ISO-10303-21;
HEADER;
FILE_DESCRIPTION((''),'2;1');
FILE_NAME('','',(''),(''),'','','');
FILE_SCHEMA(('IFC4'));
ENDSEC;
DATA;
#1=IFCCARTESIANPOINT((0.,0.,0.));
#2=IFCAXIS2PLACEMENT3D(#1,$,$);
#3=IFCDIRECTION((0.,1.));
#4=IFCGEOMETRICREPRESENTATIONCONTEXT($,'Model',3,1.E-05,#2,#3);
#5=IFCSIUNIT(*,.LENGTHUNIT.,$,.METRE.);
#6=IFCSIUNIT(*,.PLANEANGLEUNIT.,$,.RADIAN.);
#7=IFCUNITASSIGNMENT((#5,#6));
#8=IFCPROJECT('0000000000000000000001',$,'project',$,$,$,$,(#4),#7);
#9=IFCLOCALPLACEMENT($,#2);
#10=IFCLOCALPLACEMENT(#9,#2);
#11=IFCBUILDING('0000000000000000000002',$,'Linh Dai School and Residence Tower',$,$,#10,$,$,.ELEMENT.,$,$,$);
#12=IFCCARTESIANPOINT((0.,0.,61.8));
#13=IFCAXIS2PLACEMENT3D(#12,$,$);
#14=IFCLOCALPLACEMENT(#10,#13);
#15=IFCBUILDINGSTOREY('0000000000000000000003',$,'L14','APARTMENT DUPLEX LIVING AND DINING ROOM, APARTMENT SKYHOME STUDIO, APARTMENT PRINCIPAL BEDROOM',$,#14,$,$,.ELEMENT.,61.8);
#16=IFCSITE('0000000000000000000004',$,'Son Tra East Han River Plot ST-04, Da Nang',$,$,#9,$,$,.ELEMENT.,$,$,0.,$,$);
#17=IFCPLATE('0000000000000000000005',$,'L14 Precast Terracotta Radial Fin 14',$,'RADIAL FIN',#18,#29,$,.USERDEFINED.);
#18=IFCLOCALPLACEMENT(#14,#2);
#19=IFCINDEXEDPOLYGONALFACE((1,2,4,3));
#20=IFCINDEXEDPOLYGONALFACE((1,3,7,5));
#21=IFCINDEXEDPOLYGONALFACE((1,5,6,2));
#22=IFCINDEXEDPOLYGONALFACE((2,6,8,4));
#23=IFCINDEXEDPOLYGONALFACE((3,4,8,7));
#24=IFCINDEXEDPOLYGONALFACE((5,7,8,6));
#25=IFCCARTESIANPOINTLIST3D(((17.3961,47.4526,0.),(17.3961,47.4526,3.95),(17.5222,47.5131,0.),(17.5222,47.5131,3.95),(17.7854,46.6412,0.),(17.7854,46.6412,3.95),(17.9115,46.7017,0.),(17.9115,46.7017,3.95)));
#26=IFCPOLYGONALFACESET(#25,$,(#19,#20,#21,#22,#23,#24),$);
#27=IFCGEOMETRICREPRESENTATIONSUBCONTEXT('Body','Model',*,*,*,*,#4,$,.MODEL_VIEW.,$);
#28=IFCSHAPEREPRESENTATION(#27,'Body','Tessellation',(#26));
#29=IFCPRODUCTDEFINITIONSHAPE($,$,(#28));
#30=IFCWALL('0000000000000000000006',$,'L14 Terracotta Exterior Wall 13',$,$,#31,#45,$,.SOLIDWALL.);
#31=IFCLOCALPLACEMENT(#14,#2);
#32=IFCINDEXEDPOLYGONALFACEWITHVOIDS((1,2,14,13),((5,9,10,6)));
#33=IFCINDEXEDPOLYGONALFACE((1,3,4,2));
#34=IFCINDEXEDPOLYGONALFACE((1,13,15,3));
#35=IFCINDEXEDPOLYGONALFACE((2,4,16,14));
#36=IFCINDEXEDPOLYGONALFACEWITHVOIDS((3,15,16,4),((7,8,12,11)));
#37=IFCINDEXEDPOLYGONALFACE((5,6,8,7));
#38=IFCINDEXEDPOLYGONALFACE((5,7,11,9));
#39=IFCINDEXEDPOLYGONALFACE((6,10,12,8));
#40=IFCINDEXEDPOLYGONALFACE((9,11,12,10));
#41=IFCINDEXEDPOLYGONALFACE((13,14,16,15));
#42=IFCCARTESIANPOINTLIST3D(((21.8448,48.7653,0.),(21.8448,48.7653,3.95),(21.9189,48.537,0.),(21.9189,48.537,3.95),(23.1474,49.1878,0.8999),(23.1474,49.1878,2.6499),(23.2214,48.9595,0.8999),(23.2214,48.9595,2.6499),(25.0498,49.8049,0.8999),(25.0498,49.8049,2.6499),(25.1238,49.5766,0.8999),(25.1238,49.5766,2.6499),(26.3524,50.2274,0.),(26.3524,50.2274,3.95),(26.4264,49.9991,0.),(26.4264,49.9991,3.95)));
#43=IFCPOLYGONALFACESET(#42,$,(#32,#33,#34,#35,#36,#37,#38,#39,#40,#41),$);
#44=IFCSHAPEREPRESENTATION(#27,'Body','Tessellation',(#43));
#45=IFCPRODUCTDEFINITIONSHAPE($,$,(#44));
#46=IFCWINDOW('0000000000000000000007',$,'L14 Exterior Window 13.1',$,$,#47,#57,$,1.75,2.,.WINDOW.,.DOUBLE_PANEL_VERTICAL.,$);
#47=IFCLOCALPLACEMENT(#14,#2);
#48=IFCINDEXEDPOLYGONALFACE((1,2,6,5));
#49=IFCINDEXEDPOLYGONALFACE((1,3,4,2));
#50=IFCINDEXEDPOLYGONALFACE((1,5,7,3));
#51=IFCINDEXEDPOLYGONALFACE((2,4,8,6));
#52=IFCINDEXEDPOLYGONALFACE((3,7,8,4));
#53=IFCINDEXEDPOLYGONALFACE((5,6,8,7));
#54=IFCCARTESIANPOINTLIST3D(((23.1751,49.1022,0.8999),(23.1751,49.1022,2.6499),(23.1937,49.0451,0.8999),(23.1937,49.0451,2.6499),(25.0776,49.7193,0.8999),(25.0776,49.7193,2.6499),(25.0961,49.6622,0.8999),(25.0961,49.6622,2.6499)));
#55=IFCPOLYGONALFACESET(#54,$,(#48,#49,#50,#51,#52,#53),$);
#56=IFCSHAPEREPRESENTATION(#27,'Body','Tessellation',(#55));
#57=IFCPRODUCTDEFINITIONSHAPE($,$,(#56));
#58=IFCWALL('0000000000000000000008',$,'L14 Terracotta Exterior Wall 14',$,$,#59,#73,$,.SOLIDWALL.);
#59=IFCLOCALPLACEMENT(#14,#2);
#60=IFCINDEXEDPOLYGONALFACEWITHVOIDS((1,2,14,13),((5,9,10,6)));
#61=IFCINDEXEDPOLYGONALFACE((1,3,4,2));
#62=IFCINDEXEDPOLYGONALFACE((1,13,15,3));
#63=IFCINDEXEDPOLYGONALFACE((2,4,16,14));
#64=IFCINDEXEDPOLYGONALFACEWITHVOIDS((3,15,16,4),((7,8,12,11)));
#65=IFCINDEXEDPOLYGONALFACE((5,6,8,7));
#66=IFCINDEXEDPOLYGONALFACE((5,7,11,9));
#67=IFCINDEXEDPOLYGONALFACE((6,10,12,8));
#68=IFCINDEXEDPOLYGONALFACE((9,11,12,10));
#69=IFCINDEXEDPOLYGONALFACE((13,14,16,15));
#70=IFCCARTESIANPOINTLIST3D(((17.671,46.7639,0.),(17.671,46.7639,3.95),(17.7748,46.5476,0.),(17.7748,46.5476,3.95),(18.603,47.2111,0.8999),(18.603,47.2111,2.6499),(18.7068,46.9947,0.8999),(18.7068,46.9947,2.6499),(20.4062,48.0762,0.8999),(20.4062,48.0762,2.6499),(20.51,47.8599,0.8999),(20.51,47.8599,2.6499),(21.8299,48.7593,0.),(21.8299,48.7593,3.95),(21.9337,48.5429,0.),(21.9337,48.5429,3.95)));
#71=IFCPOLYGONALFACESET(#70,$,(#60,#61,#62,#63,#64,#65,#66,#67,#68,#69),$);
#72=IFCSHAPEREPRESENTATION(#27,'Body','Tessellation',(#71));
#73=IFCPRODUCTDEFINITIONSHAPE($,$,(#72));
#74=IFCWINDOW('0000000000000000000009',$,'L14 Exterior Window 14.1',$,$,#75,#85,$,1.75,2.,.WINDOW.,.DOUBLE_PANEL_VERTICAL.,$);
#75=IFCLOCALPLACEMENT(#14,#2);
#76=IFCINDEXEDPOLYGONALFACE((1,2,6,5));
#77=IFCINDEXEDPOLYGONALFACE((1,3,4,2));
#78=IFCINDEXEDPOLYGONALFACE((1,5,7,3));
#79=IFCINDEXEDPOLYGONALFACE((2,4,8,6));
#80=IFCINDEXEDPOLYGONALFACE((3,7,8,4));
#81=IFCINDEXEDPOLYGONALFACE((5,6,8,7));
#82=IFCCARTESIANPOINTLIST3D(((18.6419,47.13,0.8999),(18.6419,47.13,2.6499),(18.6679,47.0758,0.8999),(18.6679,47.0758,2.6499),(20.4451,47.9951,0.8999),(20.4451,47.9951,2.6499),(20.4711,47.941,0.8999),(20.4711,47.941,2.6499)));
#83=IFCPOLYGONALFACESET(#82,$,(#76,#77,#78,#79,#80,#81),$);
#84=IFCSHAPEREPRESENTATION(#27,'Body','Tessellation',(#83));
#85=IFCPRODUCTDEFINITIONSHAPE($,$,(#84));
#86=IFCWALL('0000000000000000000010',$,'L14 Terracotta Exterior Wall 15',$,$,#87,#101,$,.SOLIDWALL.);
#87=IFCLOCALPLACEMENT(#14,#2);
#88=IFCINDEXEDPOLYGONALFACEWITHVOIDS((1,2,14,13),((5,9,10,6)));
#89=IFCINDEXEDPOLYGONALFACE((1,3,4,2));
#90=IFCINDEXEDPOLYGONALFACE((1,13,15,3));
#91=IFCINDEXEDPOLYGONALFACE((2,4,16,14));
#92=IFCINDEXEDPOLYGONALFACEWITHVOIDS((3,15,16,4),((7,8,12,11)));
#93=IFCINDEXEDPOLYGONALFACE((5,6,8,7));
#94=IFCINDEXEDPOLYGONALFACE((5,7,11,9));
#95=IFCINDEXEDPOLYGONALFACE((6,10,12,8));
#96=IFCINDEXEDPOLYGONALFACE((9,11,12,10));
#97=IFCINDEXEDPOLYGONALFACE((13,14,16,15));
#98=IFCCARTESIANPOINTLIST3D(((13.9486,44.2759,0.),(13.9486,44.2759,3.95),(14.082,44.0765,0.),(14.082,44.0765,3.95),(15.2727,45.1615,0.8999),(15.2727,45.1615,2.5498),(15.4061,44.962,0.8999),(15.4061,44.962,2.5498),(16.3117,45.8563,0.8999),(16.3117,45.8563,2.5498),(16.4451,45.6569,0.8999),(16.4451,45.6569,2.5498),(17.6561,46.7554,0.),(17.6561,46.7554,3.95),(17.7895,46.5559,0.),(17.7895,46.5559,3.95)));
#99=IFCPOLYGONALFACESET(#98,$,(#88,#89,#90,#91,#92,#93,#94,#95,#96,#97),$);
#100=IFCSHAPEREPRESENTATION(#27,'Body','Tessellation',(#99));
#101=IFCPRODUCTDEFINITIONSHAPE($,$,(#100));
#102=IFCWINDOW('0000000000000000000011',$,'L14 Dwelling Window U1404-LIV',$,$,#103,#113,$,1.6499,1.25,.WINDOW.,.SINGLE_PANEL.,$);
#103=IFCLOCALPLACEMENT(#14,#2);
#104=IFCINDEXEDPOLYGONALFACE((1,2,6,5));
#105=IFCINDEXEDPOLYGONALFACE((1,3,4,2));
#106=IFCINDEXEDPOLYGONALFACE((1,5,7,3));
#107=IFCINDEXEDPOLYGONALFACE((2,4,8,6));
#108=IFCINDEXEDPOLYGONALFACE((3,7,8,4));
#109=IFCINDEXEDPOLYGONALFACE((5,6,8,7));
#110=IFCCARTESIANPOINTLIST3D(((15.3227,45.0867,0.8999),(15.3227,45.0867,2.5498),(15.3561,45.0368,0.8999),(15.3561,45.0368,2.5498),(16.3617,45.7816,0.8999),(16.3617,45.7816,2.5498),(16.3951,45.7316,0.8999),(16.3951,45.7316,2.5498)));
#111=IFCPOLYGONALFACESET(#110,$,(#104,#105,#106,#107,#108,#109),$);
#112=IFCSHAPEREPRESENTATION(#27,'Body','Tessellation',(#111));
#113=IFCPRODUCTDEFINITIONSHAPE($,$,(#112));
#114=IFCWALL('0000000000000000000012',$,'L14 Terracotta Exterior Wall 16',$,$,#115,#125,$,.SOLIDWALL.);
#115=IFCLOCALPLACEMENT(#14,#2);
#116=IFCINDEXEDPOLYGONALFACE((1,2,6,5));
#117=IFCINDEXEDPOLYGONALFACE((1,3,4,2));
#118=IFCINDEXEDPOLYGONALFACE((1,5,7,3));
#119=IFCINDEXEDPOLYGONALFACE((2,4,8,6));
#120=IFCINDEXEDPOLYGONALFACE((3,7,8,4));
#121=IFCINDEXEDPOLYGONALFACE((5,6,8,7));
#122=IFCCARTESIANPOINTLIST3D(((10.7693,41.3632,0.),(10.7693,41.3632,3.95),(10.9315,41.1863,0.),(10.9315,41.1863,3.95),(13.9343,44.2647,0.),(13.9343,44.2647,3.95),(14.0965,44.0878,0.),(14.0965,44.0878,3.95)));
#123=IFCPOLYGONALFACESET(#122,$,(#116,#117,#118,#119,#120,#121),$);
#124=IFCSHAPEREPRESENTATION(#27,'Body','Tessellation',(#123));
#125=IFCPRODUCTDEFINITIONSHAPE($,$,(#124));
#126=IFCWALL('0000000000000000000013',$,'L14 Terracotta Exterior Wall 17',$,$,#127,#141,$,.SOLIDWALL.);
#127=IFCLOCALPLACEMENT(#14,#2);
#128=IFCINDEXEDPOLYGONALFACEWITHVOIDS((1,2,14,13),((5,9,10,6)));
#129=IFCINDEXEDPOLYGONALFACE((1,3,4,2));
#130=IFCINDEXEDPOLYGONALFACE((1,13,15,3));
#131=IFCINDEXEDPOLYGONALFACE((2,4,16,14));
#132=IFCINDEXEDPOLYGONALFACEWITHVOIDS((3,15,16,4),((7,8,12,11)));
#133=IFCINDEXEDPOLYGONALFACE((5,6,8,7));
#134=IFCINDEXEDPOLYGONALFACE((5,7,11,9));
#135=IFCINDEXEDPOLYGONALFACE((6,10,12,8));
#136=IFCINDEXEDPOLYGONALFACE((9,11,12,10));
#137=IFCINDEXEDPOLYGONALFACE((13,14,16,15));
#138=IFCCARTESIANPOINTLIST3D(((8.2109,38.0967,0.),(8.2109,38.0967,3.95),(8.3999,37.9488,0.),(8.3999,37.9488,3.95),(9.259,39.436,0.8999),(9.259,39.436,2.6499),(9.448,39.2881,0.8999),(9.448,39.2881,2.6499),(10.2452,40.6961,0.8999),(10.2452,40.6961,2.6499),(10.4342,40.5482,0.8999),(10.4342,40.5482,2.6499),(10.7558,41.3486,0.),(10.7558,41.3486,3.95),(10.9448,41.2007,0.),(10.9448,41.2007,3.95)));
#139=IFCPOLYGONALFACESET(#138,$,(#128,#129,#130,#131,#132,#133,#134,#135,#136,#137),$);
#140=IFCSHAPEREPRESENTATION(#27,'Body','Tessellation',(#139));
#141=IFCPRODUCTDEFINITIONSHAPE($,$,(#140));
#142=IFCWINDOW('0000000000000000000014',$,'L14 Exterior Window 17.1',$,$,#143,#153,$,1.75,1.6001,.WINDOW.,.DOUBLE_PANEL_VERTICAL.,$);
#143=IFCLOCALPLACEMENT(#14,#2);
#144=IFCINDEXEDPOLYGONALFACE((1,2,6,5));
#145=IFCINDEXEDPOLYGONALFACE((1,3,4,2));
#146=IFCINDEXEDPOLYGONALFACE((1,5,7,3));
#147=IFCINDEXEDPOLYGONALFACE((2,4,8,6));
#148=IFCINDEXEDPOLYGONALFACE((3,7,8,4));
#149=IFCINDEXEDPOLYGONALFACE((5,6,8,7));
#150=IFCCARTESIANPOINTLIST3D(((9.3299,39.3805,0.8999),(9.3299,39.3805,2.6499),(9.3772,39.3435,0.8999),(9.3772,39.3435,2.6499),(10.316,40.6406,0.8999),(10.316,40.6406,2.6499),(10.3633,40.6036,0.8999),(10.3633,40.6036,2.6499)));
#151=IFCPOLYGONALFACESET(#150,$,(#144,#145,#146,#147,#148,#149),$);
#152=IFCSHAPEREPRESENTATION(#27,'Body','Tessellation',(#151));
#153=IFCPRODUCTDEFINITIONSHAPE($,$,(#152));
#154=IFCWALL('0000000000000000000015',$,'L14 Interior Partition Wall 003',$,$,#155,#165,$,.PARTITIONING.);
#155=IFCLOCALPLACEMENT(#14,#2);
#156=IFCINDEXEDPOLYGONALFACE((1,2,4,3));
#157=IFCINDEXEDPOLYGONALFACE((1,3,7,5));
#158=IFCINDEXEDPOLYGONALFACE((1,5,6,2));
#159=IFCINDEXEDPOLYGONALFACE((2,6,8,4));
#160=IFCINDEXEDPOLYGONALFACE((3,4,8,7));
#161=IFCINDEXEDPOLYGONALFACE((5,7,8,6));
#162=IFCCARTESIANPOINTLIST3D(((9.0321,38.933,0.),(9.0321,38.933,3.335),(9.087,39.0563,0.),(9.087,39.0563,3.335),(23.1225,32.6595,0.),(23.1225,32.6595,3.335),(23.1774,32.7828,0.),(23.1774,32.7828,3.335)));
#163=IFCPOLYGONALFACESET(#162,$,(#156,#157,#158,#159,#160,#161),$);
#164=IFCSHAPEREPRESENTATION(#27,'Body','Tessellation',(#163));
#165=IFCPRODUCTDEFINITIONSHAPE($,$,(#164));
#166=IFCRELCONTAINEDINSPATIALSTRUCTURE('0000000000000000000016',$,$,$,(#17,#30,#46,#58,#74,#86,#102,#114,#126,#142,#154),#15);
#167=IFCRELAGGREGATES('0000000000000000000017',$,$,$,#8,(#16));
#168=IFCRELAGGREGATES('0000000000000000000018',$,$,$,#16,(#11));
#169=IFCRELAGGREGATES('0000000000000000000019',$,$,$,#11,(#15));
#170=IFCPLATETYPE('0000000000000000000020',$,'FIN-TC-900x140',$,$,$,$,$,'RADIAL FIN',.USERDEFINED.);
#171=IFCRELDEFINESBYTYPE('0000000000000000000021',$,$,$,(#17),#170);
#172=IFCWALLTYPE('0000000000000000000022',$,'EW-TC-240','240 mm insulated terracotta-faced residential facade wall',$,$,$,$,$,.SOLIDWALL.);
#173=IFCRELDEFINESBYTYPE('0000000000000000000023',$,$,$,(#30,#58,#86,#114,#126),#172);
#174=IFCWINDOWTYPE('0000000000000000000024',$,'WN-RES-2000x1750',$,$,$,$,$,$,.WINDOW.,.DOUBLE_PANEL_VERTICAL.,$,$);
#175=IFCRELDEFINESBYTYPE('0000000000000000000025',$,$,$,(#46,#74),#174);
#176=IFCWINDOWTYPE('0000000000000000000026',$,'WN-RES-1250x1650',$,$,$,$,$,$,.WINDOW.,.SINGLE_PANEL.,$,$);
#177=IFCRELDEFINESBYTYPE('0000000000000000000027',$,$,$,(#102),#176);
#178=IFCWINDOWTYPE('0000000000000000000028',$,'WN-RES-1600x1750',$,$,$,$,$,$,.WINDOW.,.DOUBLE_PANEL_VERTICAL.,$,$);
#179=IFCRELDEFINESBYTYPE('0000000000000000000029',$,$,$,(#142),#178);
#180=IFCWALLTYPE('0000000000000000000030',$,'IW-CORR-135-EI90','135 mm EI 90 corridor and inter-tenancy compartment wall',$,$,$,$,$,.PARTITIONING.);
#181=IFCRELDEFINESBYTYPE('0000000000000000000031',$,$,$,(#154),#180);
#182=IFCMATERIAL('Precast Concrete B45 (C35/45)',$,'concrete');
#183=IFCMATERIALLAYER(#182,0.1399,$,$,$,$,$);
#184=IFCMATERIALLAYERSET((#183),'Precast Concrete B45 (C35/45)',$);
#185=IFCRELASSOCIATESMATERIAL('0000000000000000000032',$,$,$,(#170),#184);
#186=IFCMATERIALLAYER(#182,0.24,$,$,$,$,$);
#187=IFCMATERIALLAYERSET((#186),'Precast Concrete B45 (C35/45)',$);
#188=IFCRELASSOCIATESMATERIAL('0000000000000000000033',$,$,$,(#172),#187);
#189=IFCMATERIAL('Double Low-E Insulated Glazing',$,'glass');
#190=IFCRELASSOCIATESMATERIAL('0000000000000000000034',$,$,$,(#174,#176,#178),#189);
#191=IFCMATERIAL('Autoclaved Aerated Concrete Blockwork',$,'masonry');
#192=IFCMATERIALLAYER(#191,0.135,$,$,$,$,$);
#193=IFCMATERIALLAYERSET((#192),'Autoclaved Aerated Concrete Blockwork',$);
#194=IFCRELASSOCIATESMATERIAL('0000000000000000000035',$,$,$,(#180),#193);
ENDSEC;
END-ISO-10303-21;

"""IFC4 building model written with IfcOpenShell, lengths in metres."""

from ifc_helpers import new_model, si_unit, direction, frame, frame_2d, origin, origin_2d, place, context, subcontext, project, spatial, rectangle, extrude, source, transform, mapped, material, layer, layer_set, type_object, element, fill, save


model = new_model("IFC4")

# Units and contexts
model_context = context("Model", 3, precision=1e-05, world=origin(), true_north=direction((0.0, 1.0)))
body_context = subcontext(model_context, "Body", "Model", "MODEL_VIEW")
ifc_project = project(units=[si_unit("LENGTHUNIT", "METRE"), si_unit("PLANEANGLEUNIT", "RADIAN")], contexts=[model_context])

# Site, building, storey
site_placement = place(None, origin())
site = spatial("IfcSite", under=ifc_project, at=site_placement, Name="Son Tra East Han River Plot ST-04, Da Nang", CompositionType="ELEMENT", RefElevation=0.0)
building_placement = place(site_placement, origin())
building = spatial("IfcBuilding", under=site, at=building_placement, Name="Linh Dai School and Residence Tower", CompositionType="ELEMENT")
storey_placement = place(building_placement, frame((0.0, 0.0, 61.8)))
storey = spatial("IfcBuildingStorey", under=building, at=storey_placement, Name="L14", Description="APARTMENT DUPLEX LIVING AND DINING ROOM, APARTMENT SKYHOME STUDIO, APARTMENT PRINCIPAL BEDROOM", CompositionType="ELEMENT", Elevation=61.8)

# Plate
ifc_material_1 = material(Name="Precast Concrete B45 (C35/45)", Category="concrete")
ifc_layer_1 = layer(ifc_material_1, 0.1399)
ifc_layer_set_1 = layer_set([ifc_layer_1], Name="Precast Concrete B45 (C35/45)")
plate_type = type_object("IfcPlateType", Name="FIN-TC-900x140", ElementType="RADIAL FIN", PredefinedType="USERDEFINED", material=ifc_layer_set_1)
shared_shape_1 = source(origin(), body_context, "Body", "SweptSolid", [
    extrude(rectangle(XDim=0.8999, YDim=0.1399, at=origin_2d()), origin(), (0.0, 0.0, 1.0), 3.95),
])
plate_placement = place(storey_placement, frame((17.6538, 47.0771, 0.0), z_axis=(0.0, 0.0, 1.0), x_axis=(-0.432603, 0.901585, 0.0)))
element("IfcPlate", 1, at=plate_placement, inside=storey, type_object=plate_type, Name="L14 Precast Terracotta Radial Fin 14", ObjectType="RADIAL FIN", PredefinedType="USERDEFINED", context=body_context, shape_type="MappedRepresentation", body=[
    mapped(shared_shape_1, transform((0.0, 0.0, 0.0), x_axis=(1.0, 0.0, 0.0), y_axis=(0.0, 1.0, 0.0), z_axis=(0.0, 0.0, 1.0), scale=1.0)),
])

# Walls, openings, windows
ifc_layer_2 = layer(ifc_material_1, 0.24)
ifc_layer_set_2 = layer_set([ifc_layer_2], Name="Precast Concrete B45 (C35/45)")
wall_type_1 = type_object("IfcWallType", Name="EW-TC-240", Description="240 mm insulated terracotta-faced residential facade wall", PredefinedType="SOLIDWALL", material=ifc_layer_set_2)
wall_1_placement = place(storey_placement, frame((21.8818, 48.6511, 0.0), z_axis=(0.0, 0.0, 1.0), x_axis=(0.951208, 0.308551, 0.0)))
wall_1 = element("IfcWall", 2, at=wall_1_placement, inside=storey, type_object=wall_type_1, Name="L14 Terracotta Exterior Wall 13", PredefinedType="SOLIDWALL", context=body_context, shape_type="SweptSolid", body=[
    extrude(rectangle(XDim=4.7388, YDim=0.24, at=frame_2d((2.3694, 0.0))), origin(), (0.0, 0.0, 1.0), 3.95),
])
opening_1_placement = place(wall_1_placement, frame((1.3694, 0.0, 0.8999)))
opening_1 = element("IfcOpeningElement", 3, at=opening_1_placement, cuts=wall_1, PredefinedType="OPENING", context=body_context, shape_type="SweptSolid", body=[
    extrude(rectangle(XDim=2.0, YDim=1.75, at=origin_2d()), frame((1.0, 0.1299, 0.875), z_axis=(0.0, -1.0, 0.0), x_axis=(1.0, 0.0, 0.0)), (0.0, 0.0, 1.0), 0.26),
])
ifc_material_2 = material(Name="Double Low-E Insulated Glazing", Category="glass")
window_type_1 = type_object("IfcWindowType", Name="WN-RES-2000x1750", PartitioningType="DOUBLE_PANEL_VERTICAL", PredefinedType="WINDOW", material=ifc_material_2)
shared_shape_2 = source(origin(), body_context, "Body", "SweptSolid", [
    extrude(rectangle(XDim=2.0, YDim=1.75, at=origin_2d()), frame((1.0, 0.03, 0.875), z_axis=(0.0, -1.0, 0.0), x_axis=(1.0, 0.0, 0.0)), (0.0, 0.0, 1.0), 0.0601),
])
window_1_placement = place(opening_1_placement, origin())
window_1 = element("IfcWindow", 4, at=window_1_placement, inside=storey, type_object=window_type_1, Name="L14 Exterior Window 13.1", OverallHeight=1.75, OverallWidth=2.0, PartitioningType="DOUBLE_PANEL_VERTICAL", PredefinedType="WINDOW", context=body_context, shape_type="MappedRepresentation", body=[
    mapped(shared_shape_2, transform((0.0, 0.0, 0.0), x_axis=(1.0, 0.0, 0.0), y_axis=(0.0, 1.0, 0.0), z_axis=(0.0, 0.0, 1.0), scale=1.0)),
])
fill(opening_1, window_1)
wall_2_placement = place(storey_placement, frame((17.7229, 46.6558, 0.0), z_axis=(0.0, 0.0, 1.0), x_axis=(0.901602, 0.432568, 0.0)))
wall_2 = element("IfcWall", 5, at=wall_2_placement, inside=storey, type_object=wall_type_1, Name="L14 Terracotta Exterior Wall 14", PredefinedType="SOLIDWALL", context=body_context, shape_type="SweptSolid", body=[
    extrude(rectangle(XDim=4.6128, YDim=0.24, at=frame_2d((2.3064, 0.0))), origin(), (0.0, 0.0, 1.0), 3.95),
])
opening_2_placement = place(wall_2_placement, frame((1.0337, 0.0, 0.8999)))
opening_2 = element("IfcOpeningElement", 6, at=opening_2_placement, cuts=wall_2, PredefinedType="OPENING", context=body_context, shape_type="SweptSolid", body=[
    extrude(rectangle(XDim=2.0, YDim=1.75, at=origin_2d()), frame((1.0, 0.1299, 0.875), z_axis=(0.0, -1.0, 0.0), x_axis=(1.0, 0.0, 0.0)), (0.0, 0.0, 1.0), 0.26),
])
window_2_placement = place(opening_2_placement, origin())
window_2 = element("IfcWindow", 7, at=window_2_placement, inside=storey, type_object=window_type_1, Name="L14 Exterior Window 14.1", OverallHeight=1.75, OverallWidth=2.0, PartitioningType="DOUBLE_PANEL_VERTICAL", PredefinedType="WINDOW", context=body_context, shape_type="MappedRepresentation", body=[
    mapped(shared_shape_2, transform((0.0, 0.0, 0.0), x_axis=(1.0, 0.0, 0.0), y_axis=(0.0, 1.0, 0.0), z_axis=(0.0, 0.0, 1.0), scale=1.0)),
])
fill(opening_2, window_2)
wall_3_placement = place(storey_placement, frame((14.0154, 44.1763, 0.0), z_axis=(0.0, 0.0, 1.0), x_axis=(0.831241, 0.555912, 0.0)))
wall_3 = element("IfcWall", 8, at=wall_3_placement, inside=storey, type_object=wall_type_1, Name="L14 Terracotta Exterior Wall 15", PredefinedType="SOLIDWALL", context=body_context, shape_type="SweptSolid", body=[
    extrude(rectangle(XDim=4.4602, YDim=0.24, at=frame_2d((2.23, 0.0))), origin(), (0.0, 0.0, 1.0), 3.95),
])
opening_3_placement = place(wall_3_placement, frame((1.5928, 0.0, 0.8999)))
opening_3 = element("IfcOpeningElement", 9, at=opening_3_placement, cuts=wall_3, PredefinedType="OPENING", context=body_context, shape_type="SweptSolid", body=[
    extrude(rectangle(XDim=1.25, YDim=1.6499, at=origin_2d()), frame((0.625, 0.1299, 0.825), z_axis=(0.0, -1.0, 0.0), x_axis=(1.0, 0.0, 0.0)), (0.0, 0.0, 1.0), 0.26),
])
window_type_2 = type_object("IfcWindowType", Name="WN-RES-1250x1650", PartitioningType="SINGLE_PANEL", PredefinedType="WINDOW", material=ifc_material_2)
shared_shape_3 = source(origin(), body_context, "Body", "SweptSolid", [
    extrude(rectangle(XDim=1.25, YDim=1.6499, at=origin_2d()), frame((0.625, 0.03, 0.825), z_axis=(0.0, -1.0, 0.0), x_axis=(1.0, 0.0, 0.0)), (0.0, 0.0, 1.0), 0.0601),
])
window_3_placement = place(opening_3_placement, origin())
window_3 = element("IfcWindow", 10, at=window_3_placement, inside=storey, type_object=window_type_2, Name="L14 Dwelling Window U1404-LIV", OverallHeight=1.6499, OverallWidth=1.25, PartitioningType="SINGLE_PANEL", PredefinedType="WINDOW", context=body_context, shape_type="MappedRepresentation", body=[
    mapped(shared_shape_3, transform((0.0, 0.0, 0.0), x_axis=(1.0, 0.0, 0.0), y_axis=(0.0, 1.0, 0.0), z_axis=(0.0, 0.0, 1.0), scale=1.0)),
])
fill(opening_3, window_3)

# Wall
wall_4_placement = place(storey_placement, frame((10.8503, 41.2747, 0.0), z_axis=(0.0, 0.0, 1.0), x_axis=(0.737116, 0.675766, 0.0)))
element("IfcWall", 11, at=wall_4_placement, inside=storey, type_object=wall_type_1, Name="L14 Terracotta Exterior Wall 16", PredefinedType="SOLIDWALL", context=body_context, shape_type="SweptSolid", body=[
    extrude(rectangle(XDim=4.2937, YDim=0.24, at=frame_2d((2.147, 0.0))), origin(), (0.0, 0.0, 1.0), 3.95),
])

# Wall, opening, window
wall_5_placement = place(storey_placement, frame((8.3054, 38.0227, 0.0), z_axis=(0.0, 0.0, 1.0), x_axis=(0.616296, 0.787515, 0.0)))
wall_5 = element("IfcWall", 12, at=wall_5_placement, inside=storey, type_object=wall_type_1, Name="L14 Terracotta Exterior Wall 17", PredefinedType="SOLIDWALL", context=body_context, shape_type="SweptSolid", body=[
    extrude(rectangle(XDim=4.1294, YDim=0.24, at=frame_2d((2.0647, 0.0))), origin(), (0.0, 0.0, 1.0), 3.95),
])
opening_4_placement = place(wall_5_placement, frame((1.7007, 0.0, 0.8999)))
opening_4 = element("IfcOpeningElement", 13, at=opening_4_placement, cuts=wall_5, PredefinedType="OPENING", context=body_context, shape_type="SweptSolid", body=[
    extrude(rectangle(XDim=1.6001, YDim=1.75, at=origin_2d()), frame((0.8, 0.1299, 0.875), z_axis=(0.0, -1.0, 0.0), x_axis=(1.0, 0.0, 0.0)), (0.0, 0.0, 1.0), 0.26),
])
window_type_3 = type_object("IfcWindowType", Name="WN-RES-1600x1750", PartitioningType="DOUBLE_PANEL_VERTICAL", PredefinedType="WINDOW", material=ifc_material_2)
shared_shape_4 = source(origin(), body_context, "Body", "SweptSolid", [
    extrude(rectangle(XDim=1.6001, YDim=1.75, at=origin_2d()), frame((0.8, 0.03, 0.875), z_axis=(0.0, -1.0, 0.0), x_axis=(1.0, 0.0, 0.0)), (0.0, 0.0, 1.0), 0.0601),
])
window_4_placement = place(opening_4_placement, origin())
window_4 = element("IfcWindow", 14, at=window_4_placement, inside=storey, type_object=window_type_3, Name="L14 Exterior Window 17.1", OverallHeight=1.75, OverallWidth=1.6001, PartitioningType="DOUBLE_PANEL_VERTICAL", PredefinedType="WINDOW", context=body_context, shape_type="MappedRepresentation", body=[
    mapped(shared_shape_4, transform((0.0, 0.0, 0.0), x_axis=(1.0, 0.0, 0.0), y_axis=(0.0, 1.0, 0.0), z_axis=(0.0, 0.0, 1.0), scale=1.0)),
])
fill(opening_4, window_4)

# Wall
ifc_material_3 = material(Name="Autoclaved Aerated Concrete Blockwork", Category="masonry")
ifc_layer_3 = layer(ifc_material_3, 0.135)
ifc_layer_set_3 = layer_set([ifc_layer_3], Name="Autoclaved Aerated Concrete Blockwork")
wall_type_2 = type_object("IfcWallType", Name="IW-CORR-135-EI90", Description="135 mm EI 90 corridor and inter-tenancy compartment wall", PredefinedType="PARTITIONING", material=ifc_layer_set_3)
wall_6_placement = place(storey_placement, frame((9.0596, 38.9946, 0.0), z_axis=(0.0, 0.0, 1.0), x_axis=(0.913545, -0.406738, 0.0)))
element("IfcWall", 15, at=wall_6_placement, inside=storey, type_object=wall_type_2, Name="L14 Interior Partition Wall 003", PredefinedType="PARTITIONING", context=body_context, shape_type="SweptSolid", body=[
    extrude(rectangle(XDim=15.4238, YDim=0.135, at=frame_2d((7.7119, 0.0))), origin(), (0.0, 0.0, 1.0), 3.335),
])

save(model, "model.ifc")
